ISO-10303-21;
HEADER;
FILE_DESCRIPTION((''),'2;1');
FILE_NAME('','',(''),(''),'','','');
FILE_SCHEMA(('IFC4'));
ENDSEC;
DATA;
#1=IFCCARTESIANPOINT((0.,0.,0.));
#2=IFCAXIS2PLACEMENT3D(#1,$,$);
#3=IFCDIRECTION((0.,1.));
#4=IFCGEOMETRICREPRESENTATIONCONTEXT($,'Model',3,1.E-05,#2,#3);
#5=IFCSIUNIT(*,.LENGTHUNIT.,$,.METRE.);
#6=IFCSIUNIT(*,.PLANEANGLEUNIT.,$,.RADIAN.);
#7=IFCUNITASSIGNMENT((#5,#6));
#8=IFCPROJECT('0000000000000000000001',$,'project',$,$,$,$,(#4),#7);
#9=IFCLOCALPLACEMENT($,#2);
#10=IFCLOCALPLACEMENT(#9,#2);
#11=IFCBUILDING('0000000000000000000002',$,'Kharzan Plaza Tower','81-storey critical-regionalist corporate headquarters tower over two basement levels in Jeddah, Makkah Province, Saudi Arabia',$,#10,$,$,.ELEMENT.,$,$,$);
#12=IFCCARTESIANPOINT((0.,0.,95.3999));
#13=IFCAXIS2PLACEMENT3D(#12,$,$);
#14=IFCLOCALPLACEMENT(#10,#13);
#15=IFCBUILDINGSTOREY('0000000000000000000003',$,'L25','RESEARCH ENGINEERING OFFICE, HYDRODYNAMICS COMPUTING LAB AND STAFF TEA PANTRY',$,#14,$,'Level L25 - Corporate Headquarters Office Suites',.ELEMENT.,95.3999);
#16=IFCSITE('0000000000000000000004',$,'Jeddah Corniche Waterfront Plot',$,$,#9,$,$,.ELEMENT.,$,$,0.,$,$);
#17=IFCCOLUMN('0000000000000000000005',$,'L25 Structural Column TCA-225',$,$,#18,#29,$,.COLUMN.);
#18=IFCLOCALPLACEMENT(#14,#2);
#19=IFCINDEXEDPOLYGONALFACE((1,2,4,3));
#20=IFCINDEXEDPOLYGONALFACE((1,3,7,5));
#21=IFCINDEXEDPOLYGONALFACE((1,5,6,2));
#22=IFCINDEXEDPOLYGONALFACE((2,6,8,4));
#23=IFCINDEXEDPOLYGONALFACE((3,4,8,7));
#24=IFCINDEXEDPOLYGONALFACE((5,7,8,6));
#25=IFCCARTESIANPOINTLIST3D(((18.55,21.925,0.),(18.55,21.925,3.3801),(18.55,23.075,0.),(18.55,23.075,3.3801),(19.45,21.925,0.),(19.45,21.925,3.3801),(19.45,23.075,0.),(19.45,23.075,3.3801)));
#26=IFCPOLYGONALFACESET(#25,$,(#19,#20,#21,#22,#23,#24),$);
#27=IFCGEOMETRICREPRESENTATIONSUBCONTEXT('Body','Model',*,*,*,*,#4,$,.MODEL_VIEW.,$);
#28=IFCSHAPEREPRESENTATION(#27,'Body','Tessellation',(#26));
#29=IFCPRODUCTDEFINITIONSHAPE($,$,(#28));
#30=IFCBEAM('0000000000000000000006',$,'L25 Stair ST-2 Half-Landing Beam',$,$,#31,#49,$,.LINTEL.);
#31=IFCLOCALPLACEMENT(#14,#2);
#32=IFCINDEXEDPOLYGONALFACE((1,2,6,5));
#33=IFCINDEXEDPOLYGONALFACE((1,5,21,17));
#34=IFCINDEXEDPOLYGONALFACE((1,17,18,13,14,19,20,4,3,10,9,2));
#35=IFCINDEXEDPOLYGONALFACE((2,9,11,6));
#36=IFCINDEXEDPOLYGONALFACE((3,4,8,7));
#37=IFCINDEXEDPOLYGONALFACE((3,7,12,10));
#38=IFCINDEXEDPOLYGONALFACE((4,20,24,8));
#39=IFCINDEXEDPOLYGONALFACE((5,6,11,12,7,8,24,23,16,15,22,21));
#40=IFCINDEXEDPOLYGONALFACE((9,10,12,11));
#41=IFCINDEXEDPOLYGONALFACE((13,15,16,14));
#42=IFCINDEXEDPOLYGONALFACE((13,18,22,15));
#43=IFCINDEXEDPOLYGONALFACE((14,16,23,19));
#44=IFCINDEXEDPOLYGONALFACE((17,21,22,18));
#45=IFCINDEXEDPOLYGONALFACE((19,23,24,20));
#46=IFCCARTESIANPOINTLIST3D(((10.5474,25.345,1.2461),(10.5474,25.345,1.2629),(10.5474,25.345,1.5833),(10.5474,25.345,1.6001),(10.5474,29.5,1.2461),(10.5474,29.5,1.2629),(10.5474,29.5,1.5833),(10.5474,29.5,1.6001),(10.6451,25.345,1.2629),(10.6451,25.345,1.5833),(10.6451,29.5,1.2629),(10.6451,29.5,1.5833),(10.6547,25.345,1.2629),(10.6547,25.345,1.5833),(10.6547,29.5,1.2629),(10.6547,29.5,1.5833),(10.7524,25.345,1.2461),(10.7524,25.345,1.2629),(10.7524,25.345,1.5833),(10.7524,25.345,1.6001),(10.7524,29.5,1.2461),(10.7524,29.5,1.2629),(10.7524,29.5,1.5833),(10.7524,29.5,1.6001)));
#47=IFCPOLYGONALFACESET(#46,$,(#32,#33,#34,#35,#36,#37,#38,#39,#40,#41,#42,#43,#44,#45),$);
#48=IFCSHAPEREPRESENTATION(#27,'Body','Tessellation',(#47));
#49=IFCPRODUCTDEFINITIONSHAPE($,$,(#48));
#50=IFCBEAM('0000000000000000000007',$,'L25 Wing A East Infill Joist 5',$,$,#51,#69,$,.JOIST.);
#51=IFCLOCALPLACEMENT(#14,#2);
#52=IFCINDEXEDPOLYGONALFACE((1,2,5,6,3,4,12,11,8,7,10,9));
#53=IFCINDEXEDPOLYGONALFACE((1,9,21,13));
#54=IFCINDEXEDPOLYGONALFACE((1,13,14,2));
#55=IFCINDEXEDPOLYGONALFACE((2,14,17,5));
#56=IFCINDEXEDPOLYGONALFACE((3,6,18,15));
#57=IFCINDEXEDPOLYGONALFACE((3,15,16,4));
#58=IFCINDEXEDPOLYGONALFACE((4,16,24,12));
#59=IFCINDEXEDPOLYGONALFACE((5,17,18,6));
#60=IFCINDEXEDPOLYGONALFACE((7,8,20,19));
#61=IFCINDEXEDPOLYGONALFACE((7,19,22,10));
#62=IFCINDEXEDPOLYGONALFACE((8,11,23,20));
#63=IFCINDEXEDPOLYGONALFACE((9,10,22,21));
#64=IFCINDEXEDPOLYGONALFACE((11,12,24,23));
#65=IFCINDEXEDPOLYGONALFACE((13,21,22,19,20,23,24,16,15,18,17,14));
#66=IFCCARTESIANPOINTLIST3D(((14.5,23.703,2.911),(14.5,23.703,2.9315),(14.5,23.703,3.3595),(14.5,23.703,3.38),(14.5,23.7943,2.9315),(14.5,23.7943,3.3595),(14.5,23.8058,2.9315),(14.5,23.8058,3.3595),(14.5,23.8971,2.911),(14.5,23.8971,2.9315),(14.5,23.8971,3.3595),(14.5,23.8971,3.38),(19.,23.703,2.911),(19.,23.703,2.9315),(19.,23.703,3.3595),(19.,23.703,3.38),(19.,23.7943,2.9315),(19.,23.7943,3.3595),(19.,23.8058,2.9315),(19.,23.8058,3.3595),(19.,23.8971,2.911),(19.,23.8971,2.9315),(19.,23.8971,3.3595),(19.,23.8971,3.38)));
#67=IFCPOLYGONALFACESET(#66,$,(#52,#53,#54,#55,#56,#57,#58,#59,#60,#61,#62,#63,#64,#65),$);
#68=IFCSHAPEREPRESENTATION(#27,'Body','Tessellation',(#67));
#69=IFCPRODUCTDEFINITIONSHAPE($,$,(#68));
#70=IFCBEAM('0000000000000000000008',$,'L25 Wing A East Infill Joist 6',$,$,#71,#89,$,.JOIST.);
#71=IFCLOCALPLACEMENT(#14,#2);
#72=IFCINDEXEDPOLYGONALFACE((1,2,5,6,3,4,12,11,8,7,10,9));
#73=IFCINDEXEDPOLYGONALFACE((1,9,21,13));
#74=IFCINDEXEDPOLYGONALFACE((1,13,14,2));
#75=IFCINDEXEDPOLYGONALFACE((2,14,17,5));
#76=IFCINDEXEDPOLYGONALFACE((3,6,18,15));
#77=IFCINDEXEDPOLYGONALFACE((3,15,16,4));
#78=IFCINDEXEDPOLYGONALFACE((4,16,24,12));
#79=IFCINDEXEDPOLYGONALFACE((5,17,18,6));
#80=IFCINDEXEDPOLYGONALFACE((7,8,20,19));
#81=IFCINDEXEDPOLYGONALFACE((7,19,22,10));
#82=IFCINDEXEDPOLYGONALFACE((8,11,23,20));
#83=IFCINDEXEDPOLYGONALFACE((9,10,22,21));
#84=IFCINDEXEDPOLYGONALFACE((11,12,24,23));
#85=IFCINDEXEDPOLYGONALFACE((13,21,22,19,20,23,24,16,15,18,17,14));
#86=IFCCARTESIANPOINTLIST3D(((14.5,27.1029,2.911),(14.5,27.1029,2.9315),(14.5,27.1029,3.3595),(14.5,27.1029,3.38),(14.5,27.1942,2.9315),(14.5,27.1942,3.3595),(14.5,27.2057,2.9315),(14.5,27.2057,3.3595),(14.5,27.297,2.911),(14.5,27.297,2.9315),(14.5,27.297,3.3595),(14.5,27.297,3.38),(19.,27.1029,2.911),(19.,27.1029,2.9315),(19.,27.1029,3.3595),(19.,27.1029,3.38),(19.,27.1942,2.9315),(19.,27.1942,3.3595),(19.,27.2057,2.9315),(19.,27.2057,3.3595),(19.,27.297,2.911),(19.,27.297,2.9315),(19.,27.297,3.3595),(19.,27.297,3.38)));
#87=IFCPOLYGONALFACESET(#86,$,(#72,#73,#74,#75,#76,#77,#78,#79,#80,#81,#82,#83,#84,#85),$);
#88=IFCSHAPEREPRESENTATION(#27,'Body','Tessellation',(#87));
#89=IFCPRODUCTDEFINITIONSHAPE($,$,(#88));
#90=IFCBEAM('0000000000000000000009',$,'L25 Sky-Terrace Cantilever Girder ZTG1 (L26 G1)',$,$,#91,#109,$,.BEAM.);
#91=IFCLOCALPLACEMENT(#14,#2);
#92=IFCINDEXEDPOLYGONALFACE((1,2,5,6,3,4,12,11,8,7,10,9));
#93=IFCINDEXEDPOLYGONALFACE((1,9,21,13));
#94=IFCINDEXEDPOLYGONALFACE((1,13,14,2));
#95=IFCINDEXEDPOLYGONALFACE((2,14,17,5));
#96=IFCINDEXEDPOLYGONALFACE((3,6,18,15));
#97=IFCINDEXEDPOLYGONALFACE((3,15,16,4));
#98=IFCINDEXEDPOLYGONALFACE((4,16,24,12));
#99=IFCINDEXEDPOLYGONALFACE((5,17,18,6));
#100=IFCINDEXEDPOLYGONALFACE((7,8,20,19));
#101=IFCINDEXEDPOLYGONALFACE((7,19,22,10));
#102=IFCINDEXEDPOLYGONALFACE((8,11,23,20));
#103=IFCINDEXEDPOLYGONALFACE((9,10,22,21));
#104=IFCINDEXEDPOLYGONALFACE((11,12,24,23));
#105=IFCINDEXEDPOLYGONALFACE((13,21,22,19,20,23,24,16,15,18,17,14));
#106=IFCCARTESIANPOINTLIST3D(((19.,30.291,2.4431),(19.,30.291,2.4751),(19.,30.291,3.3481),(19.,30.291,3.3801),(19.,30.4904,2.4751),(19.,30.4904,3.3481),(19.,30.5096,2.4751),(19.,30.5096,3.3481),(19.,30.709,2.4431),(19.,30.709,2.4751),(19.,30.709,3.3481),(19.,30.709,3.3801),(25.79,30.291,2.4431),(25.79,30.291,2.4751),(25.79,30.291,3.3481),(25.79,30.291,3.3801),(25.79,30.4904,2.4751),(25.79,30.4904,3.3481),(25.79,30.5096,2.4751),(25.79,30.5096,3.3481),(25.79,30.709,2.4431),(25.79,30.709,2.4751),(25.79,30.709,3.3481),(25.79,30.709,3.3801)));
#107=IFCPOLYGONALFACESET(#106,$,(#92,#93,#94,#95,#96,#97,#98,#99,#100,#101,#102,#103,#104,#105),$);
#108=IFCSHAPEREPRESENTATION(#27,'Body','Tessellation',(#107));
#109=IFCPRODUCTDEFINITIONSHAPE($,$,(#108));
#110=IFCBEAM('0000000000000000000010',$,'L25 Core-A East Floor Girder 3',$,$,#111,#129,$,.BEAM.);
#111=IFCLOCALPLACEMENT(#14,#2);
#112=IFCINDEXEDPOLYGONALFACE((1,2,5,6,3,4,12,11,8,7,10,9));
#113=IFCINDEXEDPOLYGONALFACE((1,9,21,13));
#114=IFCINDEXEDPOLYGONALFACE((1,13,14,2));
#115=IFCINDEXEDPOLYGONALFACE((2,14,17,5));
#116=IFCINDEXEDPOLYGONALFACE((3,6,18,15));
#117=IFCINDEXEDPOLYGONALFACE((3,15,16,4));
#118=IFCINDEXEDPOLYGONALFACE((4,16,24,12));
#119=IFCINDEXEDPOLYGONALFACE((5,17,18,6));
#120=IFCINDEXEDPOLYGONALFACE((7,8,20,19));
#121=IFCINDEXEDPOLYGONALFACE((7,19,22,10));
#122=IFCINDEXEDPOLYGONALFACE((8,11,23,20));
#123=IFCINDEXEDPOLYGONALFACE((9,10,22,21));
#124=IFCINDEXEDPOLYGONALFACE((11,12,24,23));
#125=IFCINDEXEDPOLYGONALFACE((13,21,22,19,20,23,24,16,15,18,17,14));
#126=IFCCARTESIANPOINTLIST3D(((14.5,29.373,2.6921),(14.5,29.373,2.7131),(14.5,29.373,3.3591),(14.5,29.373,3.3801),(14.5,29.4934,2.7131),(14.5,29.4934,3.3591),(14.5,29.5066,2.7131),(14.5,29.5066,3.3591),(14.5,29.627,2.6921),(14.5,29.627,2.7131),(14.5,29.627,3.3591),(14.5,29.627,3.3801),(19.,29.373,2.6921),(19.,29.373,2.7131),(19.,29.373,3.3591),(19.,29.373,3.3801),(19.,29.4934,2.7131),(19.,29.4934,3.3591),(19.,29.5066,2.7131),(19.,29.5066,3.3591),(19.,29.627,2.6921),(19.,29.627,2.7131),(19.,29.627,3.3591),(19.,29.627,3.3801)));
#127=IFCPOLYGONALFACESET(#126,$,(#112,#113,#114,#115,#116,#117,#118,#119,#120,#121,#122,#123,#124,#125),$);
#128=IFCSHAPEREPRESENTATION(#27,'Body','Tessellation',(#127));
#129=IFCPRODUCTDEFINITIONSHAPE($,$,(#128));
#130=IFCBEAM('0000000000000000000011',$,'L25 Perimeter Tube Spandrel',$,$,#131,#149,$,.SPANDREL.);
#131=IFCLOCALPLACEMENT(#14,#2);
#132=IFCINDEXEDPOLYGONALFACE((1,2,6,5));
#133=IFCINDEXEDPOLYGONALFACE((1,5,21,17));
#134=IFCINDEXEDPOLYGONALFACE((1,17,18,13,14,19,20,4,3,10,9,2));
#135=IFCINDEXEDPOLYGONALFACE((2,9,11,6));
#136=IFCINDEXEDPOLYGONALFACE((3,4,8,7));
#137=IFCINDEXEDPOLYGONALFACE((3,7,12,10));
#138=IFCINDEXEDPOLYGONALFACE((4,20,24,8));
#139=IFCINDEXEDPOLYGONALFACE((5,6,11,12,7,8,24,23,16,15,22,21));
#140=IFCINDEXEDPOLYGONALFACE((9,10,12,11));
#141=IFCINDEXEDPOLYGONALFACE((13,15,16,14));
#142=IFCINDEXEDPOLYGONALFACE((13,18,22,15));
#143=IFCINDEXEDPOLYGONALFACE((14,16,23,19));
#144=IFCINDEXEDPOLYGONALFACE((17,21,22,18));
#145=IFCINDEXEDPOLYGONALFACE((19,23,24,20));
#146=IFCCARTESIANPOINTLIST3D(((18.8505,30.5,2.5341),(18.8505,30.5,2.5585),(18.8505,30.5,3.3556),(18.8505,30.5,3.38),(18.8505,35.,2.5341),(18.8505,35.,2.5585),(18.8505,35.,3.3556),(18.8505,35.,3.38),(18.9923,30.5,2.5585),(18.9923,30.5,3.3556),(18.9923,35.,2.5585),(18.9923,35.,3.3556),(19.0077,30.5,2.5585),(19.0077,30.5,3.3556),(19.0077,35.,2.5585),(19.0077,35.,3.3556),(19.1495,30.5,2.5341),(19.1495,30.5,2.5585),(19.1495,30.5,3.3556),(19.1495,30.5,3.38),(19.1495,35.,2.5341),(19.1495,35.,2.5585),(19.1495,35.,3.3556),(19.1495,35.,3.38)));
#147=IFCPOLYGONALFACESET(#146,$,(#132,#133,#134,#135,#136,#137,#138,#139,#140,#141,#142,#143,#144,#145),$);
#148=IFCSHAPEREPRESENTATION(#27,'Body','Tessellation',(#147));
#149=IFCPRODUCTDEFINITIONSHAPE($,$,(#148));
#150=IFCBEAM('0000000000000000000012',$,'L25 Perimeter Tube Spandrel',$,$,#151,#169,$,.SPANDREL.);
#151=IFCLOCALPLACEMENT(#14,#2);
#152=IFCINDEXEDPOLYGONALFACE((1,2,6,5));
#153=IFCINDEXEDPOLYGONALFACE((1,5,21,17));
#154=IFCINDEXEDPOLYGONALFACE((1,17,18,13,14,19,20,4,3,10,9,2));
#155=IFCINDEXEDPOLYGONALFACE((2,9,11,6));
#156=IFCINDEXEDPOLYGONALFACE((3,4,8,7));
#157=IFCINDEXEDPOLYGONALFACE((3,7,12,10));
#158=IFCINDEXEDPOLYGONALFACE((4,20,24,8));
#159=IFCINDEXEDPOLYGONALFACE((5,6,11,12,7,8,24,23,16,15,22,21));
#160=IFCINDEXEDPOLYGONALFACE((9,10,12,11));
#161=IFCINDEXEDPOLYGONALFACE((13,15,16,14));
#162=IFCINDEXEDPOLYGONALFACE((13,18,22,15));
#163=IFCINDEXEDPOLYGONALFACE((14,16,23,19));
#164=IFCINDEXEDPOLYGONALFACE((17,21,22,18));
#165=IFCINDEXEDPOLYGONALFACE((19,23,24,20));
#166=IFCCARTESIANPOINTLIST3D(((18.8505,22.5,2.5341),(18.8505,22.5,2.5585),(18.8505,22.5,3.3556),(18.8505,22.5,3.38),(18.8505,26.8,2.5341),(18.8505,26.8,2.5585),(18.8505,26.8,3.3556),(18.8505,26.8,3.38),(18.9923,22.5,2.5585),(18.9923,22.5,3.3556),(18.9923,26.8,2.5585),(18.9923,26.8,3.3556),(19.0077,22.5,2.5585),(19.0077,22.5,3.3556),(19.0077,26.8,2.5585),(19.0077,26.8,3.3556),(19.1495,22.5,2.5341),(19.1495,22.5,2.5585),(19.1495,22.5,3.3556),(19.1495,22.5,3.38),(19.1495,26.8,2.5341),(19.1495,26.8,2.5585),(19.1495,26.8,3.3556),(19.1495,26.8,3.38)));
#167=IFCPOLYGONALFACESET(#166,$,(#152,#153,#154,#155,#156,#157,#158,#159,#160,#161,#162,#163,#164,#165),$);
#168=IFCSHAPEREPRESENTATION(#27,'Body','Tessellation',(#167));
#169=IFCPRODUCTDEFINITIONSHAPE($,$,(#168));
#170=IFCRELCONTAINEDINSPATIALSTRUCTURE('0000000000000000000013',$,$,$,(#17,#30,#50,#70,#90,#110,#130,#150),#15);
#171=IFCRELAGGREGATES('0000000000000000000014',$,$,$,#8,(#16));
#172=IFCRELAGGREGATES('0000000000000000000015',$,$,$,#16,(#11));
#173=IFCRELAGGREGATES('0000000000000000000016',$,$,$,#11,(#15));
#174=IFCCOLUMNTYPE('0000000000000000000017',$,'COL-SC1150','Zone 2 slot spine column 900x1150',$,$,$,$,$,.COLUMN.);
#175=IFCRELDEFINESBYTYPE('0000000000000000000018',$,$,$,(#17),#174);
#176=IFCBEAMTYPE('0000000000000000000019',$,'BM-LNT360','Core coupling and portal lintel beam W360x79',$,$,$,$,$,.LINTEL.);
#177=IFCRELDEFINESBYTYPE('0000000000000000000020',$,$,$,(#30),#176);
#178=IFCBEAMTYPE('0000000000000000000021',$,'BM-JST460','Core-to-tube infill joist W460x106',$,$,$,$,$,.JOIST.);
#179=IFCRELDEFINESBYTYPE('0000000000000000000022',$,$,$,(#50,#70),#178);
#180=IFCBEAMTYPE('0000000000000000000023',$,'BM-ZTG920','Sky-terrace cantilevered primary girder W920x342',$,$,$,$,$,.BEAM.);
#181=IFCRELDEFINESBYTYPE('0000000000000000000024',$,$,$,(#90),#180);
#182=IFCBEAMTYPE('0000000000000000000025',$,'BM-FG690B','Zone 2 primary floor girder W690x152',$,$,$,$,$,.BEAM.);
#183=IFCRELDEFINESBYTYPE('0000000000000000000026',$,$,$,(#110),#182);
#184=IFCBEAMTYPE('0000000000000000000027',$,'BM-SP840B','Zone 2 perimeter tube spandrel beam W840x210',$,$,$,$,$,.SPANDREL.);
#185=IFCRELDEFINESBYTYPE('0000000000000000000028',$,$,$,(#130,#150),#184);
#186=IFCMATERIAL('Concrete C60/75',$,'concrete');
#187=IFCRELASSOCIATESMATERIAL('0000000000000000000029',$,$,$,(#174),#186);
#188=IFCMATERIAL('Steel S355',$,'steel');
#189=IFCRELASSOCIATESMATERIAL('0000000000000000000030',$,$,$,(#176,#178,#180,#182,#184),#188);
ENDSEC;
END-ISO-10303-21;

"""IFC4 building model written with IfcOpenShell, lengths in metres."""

from ifc_helpers import new_model, si_unit, direction, frame, origin, origin_2d, place, context, subcontext, project, spatial, rectangle, i_section, extrude, source, transform, mapped, material, material_profile, profile_set, type_object, element, save


model = new_model("IFC4")

# Units and contexts
model_context = context("Model", 3, precision=1e-05, world=origin(), true_north=direction((0.0, 1.0)))
body_context = subcontext(model_context, "Body", "Model", "MODEL_VIEW")
ifc_project = project(units=[si_unit("LENGTHUNIT", "METRE"), si_unit("PLANEANGLEUNIT", "RADIAN")], contexts=[model_context])

# Site, building, storey
site_placement = place(None, origin())
site = spatial("IfcSite", under=ifc_project, at=site_placement, Name="Jeddah Corniche Waterfront Plot", CompositionType="ELEMENT", RefElevation=0.0)
building_placement = place(site_placement, origin())
building = spatial("IfcBuilding", under=site, at=building_placement, Name="Kharzan Plaza Tower", Description="81-storey critical-regionalist corporate headquarters tower over two basement levels in Jeddah, Makkah Province, Saudi Arabia", CompositionType="ELEMENT")
storey_placement = place(building_placement, frame((0.0, 0.0, 95.3999)))
storey = spatial("IfcBuildingStorey", under=building, at=storey_placement, Name="L25", Description="RESEARCH ENGINEERING OFFICE, HYDRODYNAMICS COMPUTING LAB AND STAFF TEA PANTRY", LongName="Level L25 - Corporate Headquarters Office Suites", CompositionType="ELEMENT", Elevation=95.3999)

# Column
ifc_material_1 = material(Name="Concrete C60/75", Category="concrete")
ifc_material_profile_1 = material_profile(ifc_material_1, rectangle(XDim=0.8999, YDim=1.1499, at=origin_2d()), Name="RC-SC1150x900")
ifc_profile_set_1 = profile_set([ifc_material_profile_1], Name="Concrete C60/75")
column_type = type_object("IfcColumnType", Name="COL-SC1150", Description="Zone 2 slot spine column 900x1150", PredefinedType="COLUMN", material=ifc_profile_set_1)
shared_shape_1 = source(origin(), body_context, "Body", "SweptSolid", [
    extrude(rectangle(XDim=0.8999, YDim=1.1499, at=origin_2d()), origin(), (0.0, 0.0, 1.0), 3.3801),
])
column_placement = place(storey_placement, frame((19.0, 22.5, 0.0), z_axis=(0.0, 0.0, 1.0), x_axis=(1.0, 0.0, 0.0)))
element("IfcColumn", 1, at=column_placement, inside=storey, type_object=column_type, Name="L25 Structural Column TCA-225", PredefinedType="COLUMN", context=body_context, shape_type="MappedRepresentation", body=[
    mapped(shared_shape_1, transform((0.0, 0.0, 0.0), x_axis=(1.0, 0.0, 0.0), y_axis=(0.0, 1.0, 0.0), z_axis=(0.0, 0.0, 1.0))),
])

# Beams
ifc_material_2 = material(Name="Steel S355", Category="steel")
ifc_material_profile_2 = material_profile(ifc_material_2, i_section(OverallWidth=0.2051, OverallDepth=0.354, WebThickness=0.0095, FlangeThickness=0.0168, at=origin_2d()), Name="W360x79")
ifc_profile_set_2 = profile_set([ifc_material_profile_2], Name="Steel S355")
beam_type_1 = type_object("IfcBeamType", Name="BM-LNT360", Description="Core coupling and portal lintel beam W360x79", PredefinedType="LINTEL", material=ifc_profile_set_2)
shared_shape_2 = source(origin(), body_context, "Body", "SweptSolid", [
    extrude(i_section(OverallWidth=0.2051, OverallDepth=0.354, WebThickness=0.0095, FlangeThickness=0.0168, at=origin_2d()), origin(), (0.0, 0.0, 1.0), 4.155),
])
beam_1_placement = place(storey_placement, frame((10.6499, 25.345, 1.4231), z_axis=(0.0, 1.0, 0.0), x_axis=(-1.0, 0.0, 0.0)))
element("IfcBeam", 2, at=beam_1_placement, inside=storey, type_object=beam_type_1, Name="L25 Stair ST-2 Half-Landing Beam", PredefinedType="LINTEL", context=body_context, shape_type="MappedRepresentation", body=[
    mapped(shared_shape_2, transform((0.0, 0.0, 0.0), x_axis=(1.0, 0.0, 0.0), y_axis=(0.0, 1.0, 0.0), z_axis=(0.0, 0.0, 1.0))),
])
ifc_material_profile_3 = material_profile(ifc_material_2, i_section(OverallWidth=0.1941, OverallDepth=0.469, WebThickness=0.0115, FlangeThickness=0.0205, at=origin_2d()), Name="W460x106")
ifc_profile_set_3 = profile_set([ifc_material_profile_3], Name="Steel S355")
beam_type_2 = type_object("IfcBeamType", Name="BM-JST460", Description="Core-to-tube infill joist W460x106", PredefinedType="JOIST", material=ifc_profile_set_3)
shared_shape_3 = source(origin(), body_context, "Body", "SweptSolid", [
    extrude(i_section(OverallWidth=0.1941, OverallDepth=0.469, WebThickness=0.0115, FlangeThickness=0.0205, at=origin_2d()), origin(), (0.0, 0.0, 1.0), 4.5),
])
for number, where, z_axis, x_axis, name in (
    (3, (14.5, 23.8, 3.1455), (1.0, 0.0, 0.0), (0.0, 1.0, 0.0), "L25 Wing A East Infill Joist 5"),
    (4, (14.5, 27.2, 3.1455), (1.0, 0.0, 0.0), (0.0, 1.0, 0.0), "L25 Wing A East Infill Joist 6"),
):
    element("IfcBeam", number, at=place(storey_placement, frame(where, z_axis=z_axis, x_axis=x_axis)), inside=storey, type_object=beam_type_2, Name=name, PredefinedType="JOIST", context=body_context, shape_type="MappedRepresentation", body=[
        mapped(shared_shape_3, transform((0.0, 0.0, 0.0), x_axis=(1.0, 0.0, 0.0), y_axis=(0.0, 1.0, 0.0), z_axis=(0.0, 0.0, 1.0))),
    ])
ifc_material_profile_4 = material_profile(ifc_material_2, i_section(OverallWidth=0.418, OverallDepth=0.937, WebThickness=0.0193, FlangeThickness=0.032, at=origin_2d()), Name="W920x342")
ifc_profile_set_4 = profile_set([ifc_material_profile_4], Name="Steel S355")
beam_type_3 = type_object("IfcBeamType", Name="BM-ZTG920", Description="Sky-terrace cantilevered primary girder W920x342", PredefinedType="BEAM", material=ifc_profile_set_4)
shared_shape_4 = source(origin(), body_context, "Body", "SweptSolid", [
    extrude(i_section(OverallWidth=0.418, OverallDepth=0.937, WebThickness=0.0193, FlangeThickness=0.032, at=origin_2d()), origin(), (0.0, 0.0, 1.0), 6.79),
])
beam_2_placement = place(storey_placement, frame((19.0, 30.5, 2.9116), z_axis=(1.0, 0.0, 0.0), x_axis=(0.0, 1.0, 0.0)))
element("IfcBeam", 5, at=beam_2_placement, inside=storey, type_object=beam_type_3, Name="L25 Sky-Terrace Cantilever Girder ZTG1 (L26 G1)", PredefinedType="BEAM", context=body_context, shape_type="MappedRepresentation", body=[
    mapped(shared_shape_4, transform((0.0, 0.0, 0.0), x_axis=(1.0, 0.0, 0.0), y_axis=(0.0, 1.0, 0.0), z_axis=(0.0, 0.0, 1.0))),
])
ifc_material_profile_5 = material_profile(ifc_material_2, i_section(OverallWidth=0.2539, OverallDepth=0.688, WebThickness=0.0132, FlangeThickness=0.021, at=origin_2d()), Name="W690x152")
ifc_profile_set_5 = profile_set([ifc_material_profile_5], Name="Steel S355")
beam_type_4 = type_object("IfcBeamType", Name="BM-FG690B", Description="Zone 2 primary floor girder W690x152", PredefinedType="BEAM", material=ifc_profile_set_5)
shared_shape_5 = source(origin(), body_context, "Body", "SweptSolid", [
    extrude(i_section(OverallWidth=0.2539, OverallDepth=0.688, WebThickness=0.0132, FlangeThickness=0.021, at=origin_2d()), origin(), (0.0, 0.0, 1.0), 4.5),
])
beam_3_placement = place(storey_placement, frame((14.5, 29.5, 3.0361), z_axis=(1.0, 0.0, 0.0), x_axis=(0.0, 1.0, 0.0)))
element("IfcBeam", 6, at=beam_3_placement, inside=storey, type_object=beam_type_4, Name="L25 Core-A East Floor Girder 3", PredefinedType="BEAM", context=body_context, shape_type="MappedRepresentation", body=[
    mapped(shared_shape_5, transform((0.0, 0.0, 0.0), x_axis=(1.0, 0.0, 0.0), y_axis=(0.0, 1.0, 0.0), z_axis=(0.0, 0.0, 1.0))),
])
ifc_material_profile_6 = material_profile(ifc_material_2, i_section(OverallWidth=0.2991, OverallDepth=0.8459, WebThickness=0.0154, FlangeThickness=0.0244, at=origin_2d()), Name="W840x210")
ifc_profile_set_6 = profile_set([ifc_material_profile_6], Name="Steel S355")
beam_type_5 = type_object("IfcBeamType", Name="BM-SP840B", Description="Zone 2 perimeter tube spandrel beam W840x210", PredefinedType="SPANDREL", material=ifc_profile_set_6)
shared_shape_6 = source(origin(), body_context, "Body", "SweptSolid", [
    extrude(i_section(OverallWidth=0.2991, OverallDepth=0.8459, WebThickness=0.0154, FlangeThickness=0.0244, at=origin_2d()), origin(), (0.0, 0.0, 1.0), 4.5),
])
beam_4_placement = place(storey_placement, frame((19.0, 30.5, 2.957), z_axis=(0.0, 1.0, 0.0), x_axis=(-1.0, 0.0, 0.0)))
element("IfcBeam", 7, at=beam_4_placement, inside=storey, type_object=beam_type_5, Name="L25 Perimeter Tube Spandrel", PredefinedType="SPANDREL", context=body_context, shape_type="MappedRepresentation", body=[
    mapped(shared_shape_6, transform((0.0, 0.0, 0.0), x_axis=(1.0, 0.0, 0.0), y_axis=(0.0, 1.0, 0.0), z_axis=(0.0, 0.0, 1.0))),
])
shared_shape_7 = source(origin(), body_context, "Body", "SweptSolid", [
    extrude(i_section(OverallWidth=0.2991, OverallDepth=0.8459, WebThickness=0.0154, FlangeThickness=0.0244, at=origin_2d()), origin(), (0.0, 0.0, 1.0), 4.3),
])
beam_5_placement = place(storey_placement, frame((19.0, 22.5, 2.957), z_axis=(0.0, 1.0, 0.0), x_axis=(-1.0, 0.0, 0.0)))
element("IfcBeam", 8, at=beam_5_placement, inside=storey, type_object=beam_type_5, Name="L25 Perimeter Tube Spandrel", PredefinedType="SPANDREL", context=body_context, shape_type="MappedRepresentation", body=[
    mapped(shared_shape_7, transform((0.0, 0.0, 0.0), x_axis=(1.0, 0.0, 0.0), y_axis=(0.0, 1.0, 0.0), z_axis=(0.0, 0.0, 1.0))),
])

save(model, "model.ifc")
